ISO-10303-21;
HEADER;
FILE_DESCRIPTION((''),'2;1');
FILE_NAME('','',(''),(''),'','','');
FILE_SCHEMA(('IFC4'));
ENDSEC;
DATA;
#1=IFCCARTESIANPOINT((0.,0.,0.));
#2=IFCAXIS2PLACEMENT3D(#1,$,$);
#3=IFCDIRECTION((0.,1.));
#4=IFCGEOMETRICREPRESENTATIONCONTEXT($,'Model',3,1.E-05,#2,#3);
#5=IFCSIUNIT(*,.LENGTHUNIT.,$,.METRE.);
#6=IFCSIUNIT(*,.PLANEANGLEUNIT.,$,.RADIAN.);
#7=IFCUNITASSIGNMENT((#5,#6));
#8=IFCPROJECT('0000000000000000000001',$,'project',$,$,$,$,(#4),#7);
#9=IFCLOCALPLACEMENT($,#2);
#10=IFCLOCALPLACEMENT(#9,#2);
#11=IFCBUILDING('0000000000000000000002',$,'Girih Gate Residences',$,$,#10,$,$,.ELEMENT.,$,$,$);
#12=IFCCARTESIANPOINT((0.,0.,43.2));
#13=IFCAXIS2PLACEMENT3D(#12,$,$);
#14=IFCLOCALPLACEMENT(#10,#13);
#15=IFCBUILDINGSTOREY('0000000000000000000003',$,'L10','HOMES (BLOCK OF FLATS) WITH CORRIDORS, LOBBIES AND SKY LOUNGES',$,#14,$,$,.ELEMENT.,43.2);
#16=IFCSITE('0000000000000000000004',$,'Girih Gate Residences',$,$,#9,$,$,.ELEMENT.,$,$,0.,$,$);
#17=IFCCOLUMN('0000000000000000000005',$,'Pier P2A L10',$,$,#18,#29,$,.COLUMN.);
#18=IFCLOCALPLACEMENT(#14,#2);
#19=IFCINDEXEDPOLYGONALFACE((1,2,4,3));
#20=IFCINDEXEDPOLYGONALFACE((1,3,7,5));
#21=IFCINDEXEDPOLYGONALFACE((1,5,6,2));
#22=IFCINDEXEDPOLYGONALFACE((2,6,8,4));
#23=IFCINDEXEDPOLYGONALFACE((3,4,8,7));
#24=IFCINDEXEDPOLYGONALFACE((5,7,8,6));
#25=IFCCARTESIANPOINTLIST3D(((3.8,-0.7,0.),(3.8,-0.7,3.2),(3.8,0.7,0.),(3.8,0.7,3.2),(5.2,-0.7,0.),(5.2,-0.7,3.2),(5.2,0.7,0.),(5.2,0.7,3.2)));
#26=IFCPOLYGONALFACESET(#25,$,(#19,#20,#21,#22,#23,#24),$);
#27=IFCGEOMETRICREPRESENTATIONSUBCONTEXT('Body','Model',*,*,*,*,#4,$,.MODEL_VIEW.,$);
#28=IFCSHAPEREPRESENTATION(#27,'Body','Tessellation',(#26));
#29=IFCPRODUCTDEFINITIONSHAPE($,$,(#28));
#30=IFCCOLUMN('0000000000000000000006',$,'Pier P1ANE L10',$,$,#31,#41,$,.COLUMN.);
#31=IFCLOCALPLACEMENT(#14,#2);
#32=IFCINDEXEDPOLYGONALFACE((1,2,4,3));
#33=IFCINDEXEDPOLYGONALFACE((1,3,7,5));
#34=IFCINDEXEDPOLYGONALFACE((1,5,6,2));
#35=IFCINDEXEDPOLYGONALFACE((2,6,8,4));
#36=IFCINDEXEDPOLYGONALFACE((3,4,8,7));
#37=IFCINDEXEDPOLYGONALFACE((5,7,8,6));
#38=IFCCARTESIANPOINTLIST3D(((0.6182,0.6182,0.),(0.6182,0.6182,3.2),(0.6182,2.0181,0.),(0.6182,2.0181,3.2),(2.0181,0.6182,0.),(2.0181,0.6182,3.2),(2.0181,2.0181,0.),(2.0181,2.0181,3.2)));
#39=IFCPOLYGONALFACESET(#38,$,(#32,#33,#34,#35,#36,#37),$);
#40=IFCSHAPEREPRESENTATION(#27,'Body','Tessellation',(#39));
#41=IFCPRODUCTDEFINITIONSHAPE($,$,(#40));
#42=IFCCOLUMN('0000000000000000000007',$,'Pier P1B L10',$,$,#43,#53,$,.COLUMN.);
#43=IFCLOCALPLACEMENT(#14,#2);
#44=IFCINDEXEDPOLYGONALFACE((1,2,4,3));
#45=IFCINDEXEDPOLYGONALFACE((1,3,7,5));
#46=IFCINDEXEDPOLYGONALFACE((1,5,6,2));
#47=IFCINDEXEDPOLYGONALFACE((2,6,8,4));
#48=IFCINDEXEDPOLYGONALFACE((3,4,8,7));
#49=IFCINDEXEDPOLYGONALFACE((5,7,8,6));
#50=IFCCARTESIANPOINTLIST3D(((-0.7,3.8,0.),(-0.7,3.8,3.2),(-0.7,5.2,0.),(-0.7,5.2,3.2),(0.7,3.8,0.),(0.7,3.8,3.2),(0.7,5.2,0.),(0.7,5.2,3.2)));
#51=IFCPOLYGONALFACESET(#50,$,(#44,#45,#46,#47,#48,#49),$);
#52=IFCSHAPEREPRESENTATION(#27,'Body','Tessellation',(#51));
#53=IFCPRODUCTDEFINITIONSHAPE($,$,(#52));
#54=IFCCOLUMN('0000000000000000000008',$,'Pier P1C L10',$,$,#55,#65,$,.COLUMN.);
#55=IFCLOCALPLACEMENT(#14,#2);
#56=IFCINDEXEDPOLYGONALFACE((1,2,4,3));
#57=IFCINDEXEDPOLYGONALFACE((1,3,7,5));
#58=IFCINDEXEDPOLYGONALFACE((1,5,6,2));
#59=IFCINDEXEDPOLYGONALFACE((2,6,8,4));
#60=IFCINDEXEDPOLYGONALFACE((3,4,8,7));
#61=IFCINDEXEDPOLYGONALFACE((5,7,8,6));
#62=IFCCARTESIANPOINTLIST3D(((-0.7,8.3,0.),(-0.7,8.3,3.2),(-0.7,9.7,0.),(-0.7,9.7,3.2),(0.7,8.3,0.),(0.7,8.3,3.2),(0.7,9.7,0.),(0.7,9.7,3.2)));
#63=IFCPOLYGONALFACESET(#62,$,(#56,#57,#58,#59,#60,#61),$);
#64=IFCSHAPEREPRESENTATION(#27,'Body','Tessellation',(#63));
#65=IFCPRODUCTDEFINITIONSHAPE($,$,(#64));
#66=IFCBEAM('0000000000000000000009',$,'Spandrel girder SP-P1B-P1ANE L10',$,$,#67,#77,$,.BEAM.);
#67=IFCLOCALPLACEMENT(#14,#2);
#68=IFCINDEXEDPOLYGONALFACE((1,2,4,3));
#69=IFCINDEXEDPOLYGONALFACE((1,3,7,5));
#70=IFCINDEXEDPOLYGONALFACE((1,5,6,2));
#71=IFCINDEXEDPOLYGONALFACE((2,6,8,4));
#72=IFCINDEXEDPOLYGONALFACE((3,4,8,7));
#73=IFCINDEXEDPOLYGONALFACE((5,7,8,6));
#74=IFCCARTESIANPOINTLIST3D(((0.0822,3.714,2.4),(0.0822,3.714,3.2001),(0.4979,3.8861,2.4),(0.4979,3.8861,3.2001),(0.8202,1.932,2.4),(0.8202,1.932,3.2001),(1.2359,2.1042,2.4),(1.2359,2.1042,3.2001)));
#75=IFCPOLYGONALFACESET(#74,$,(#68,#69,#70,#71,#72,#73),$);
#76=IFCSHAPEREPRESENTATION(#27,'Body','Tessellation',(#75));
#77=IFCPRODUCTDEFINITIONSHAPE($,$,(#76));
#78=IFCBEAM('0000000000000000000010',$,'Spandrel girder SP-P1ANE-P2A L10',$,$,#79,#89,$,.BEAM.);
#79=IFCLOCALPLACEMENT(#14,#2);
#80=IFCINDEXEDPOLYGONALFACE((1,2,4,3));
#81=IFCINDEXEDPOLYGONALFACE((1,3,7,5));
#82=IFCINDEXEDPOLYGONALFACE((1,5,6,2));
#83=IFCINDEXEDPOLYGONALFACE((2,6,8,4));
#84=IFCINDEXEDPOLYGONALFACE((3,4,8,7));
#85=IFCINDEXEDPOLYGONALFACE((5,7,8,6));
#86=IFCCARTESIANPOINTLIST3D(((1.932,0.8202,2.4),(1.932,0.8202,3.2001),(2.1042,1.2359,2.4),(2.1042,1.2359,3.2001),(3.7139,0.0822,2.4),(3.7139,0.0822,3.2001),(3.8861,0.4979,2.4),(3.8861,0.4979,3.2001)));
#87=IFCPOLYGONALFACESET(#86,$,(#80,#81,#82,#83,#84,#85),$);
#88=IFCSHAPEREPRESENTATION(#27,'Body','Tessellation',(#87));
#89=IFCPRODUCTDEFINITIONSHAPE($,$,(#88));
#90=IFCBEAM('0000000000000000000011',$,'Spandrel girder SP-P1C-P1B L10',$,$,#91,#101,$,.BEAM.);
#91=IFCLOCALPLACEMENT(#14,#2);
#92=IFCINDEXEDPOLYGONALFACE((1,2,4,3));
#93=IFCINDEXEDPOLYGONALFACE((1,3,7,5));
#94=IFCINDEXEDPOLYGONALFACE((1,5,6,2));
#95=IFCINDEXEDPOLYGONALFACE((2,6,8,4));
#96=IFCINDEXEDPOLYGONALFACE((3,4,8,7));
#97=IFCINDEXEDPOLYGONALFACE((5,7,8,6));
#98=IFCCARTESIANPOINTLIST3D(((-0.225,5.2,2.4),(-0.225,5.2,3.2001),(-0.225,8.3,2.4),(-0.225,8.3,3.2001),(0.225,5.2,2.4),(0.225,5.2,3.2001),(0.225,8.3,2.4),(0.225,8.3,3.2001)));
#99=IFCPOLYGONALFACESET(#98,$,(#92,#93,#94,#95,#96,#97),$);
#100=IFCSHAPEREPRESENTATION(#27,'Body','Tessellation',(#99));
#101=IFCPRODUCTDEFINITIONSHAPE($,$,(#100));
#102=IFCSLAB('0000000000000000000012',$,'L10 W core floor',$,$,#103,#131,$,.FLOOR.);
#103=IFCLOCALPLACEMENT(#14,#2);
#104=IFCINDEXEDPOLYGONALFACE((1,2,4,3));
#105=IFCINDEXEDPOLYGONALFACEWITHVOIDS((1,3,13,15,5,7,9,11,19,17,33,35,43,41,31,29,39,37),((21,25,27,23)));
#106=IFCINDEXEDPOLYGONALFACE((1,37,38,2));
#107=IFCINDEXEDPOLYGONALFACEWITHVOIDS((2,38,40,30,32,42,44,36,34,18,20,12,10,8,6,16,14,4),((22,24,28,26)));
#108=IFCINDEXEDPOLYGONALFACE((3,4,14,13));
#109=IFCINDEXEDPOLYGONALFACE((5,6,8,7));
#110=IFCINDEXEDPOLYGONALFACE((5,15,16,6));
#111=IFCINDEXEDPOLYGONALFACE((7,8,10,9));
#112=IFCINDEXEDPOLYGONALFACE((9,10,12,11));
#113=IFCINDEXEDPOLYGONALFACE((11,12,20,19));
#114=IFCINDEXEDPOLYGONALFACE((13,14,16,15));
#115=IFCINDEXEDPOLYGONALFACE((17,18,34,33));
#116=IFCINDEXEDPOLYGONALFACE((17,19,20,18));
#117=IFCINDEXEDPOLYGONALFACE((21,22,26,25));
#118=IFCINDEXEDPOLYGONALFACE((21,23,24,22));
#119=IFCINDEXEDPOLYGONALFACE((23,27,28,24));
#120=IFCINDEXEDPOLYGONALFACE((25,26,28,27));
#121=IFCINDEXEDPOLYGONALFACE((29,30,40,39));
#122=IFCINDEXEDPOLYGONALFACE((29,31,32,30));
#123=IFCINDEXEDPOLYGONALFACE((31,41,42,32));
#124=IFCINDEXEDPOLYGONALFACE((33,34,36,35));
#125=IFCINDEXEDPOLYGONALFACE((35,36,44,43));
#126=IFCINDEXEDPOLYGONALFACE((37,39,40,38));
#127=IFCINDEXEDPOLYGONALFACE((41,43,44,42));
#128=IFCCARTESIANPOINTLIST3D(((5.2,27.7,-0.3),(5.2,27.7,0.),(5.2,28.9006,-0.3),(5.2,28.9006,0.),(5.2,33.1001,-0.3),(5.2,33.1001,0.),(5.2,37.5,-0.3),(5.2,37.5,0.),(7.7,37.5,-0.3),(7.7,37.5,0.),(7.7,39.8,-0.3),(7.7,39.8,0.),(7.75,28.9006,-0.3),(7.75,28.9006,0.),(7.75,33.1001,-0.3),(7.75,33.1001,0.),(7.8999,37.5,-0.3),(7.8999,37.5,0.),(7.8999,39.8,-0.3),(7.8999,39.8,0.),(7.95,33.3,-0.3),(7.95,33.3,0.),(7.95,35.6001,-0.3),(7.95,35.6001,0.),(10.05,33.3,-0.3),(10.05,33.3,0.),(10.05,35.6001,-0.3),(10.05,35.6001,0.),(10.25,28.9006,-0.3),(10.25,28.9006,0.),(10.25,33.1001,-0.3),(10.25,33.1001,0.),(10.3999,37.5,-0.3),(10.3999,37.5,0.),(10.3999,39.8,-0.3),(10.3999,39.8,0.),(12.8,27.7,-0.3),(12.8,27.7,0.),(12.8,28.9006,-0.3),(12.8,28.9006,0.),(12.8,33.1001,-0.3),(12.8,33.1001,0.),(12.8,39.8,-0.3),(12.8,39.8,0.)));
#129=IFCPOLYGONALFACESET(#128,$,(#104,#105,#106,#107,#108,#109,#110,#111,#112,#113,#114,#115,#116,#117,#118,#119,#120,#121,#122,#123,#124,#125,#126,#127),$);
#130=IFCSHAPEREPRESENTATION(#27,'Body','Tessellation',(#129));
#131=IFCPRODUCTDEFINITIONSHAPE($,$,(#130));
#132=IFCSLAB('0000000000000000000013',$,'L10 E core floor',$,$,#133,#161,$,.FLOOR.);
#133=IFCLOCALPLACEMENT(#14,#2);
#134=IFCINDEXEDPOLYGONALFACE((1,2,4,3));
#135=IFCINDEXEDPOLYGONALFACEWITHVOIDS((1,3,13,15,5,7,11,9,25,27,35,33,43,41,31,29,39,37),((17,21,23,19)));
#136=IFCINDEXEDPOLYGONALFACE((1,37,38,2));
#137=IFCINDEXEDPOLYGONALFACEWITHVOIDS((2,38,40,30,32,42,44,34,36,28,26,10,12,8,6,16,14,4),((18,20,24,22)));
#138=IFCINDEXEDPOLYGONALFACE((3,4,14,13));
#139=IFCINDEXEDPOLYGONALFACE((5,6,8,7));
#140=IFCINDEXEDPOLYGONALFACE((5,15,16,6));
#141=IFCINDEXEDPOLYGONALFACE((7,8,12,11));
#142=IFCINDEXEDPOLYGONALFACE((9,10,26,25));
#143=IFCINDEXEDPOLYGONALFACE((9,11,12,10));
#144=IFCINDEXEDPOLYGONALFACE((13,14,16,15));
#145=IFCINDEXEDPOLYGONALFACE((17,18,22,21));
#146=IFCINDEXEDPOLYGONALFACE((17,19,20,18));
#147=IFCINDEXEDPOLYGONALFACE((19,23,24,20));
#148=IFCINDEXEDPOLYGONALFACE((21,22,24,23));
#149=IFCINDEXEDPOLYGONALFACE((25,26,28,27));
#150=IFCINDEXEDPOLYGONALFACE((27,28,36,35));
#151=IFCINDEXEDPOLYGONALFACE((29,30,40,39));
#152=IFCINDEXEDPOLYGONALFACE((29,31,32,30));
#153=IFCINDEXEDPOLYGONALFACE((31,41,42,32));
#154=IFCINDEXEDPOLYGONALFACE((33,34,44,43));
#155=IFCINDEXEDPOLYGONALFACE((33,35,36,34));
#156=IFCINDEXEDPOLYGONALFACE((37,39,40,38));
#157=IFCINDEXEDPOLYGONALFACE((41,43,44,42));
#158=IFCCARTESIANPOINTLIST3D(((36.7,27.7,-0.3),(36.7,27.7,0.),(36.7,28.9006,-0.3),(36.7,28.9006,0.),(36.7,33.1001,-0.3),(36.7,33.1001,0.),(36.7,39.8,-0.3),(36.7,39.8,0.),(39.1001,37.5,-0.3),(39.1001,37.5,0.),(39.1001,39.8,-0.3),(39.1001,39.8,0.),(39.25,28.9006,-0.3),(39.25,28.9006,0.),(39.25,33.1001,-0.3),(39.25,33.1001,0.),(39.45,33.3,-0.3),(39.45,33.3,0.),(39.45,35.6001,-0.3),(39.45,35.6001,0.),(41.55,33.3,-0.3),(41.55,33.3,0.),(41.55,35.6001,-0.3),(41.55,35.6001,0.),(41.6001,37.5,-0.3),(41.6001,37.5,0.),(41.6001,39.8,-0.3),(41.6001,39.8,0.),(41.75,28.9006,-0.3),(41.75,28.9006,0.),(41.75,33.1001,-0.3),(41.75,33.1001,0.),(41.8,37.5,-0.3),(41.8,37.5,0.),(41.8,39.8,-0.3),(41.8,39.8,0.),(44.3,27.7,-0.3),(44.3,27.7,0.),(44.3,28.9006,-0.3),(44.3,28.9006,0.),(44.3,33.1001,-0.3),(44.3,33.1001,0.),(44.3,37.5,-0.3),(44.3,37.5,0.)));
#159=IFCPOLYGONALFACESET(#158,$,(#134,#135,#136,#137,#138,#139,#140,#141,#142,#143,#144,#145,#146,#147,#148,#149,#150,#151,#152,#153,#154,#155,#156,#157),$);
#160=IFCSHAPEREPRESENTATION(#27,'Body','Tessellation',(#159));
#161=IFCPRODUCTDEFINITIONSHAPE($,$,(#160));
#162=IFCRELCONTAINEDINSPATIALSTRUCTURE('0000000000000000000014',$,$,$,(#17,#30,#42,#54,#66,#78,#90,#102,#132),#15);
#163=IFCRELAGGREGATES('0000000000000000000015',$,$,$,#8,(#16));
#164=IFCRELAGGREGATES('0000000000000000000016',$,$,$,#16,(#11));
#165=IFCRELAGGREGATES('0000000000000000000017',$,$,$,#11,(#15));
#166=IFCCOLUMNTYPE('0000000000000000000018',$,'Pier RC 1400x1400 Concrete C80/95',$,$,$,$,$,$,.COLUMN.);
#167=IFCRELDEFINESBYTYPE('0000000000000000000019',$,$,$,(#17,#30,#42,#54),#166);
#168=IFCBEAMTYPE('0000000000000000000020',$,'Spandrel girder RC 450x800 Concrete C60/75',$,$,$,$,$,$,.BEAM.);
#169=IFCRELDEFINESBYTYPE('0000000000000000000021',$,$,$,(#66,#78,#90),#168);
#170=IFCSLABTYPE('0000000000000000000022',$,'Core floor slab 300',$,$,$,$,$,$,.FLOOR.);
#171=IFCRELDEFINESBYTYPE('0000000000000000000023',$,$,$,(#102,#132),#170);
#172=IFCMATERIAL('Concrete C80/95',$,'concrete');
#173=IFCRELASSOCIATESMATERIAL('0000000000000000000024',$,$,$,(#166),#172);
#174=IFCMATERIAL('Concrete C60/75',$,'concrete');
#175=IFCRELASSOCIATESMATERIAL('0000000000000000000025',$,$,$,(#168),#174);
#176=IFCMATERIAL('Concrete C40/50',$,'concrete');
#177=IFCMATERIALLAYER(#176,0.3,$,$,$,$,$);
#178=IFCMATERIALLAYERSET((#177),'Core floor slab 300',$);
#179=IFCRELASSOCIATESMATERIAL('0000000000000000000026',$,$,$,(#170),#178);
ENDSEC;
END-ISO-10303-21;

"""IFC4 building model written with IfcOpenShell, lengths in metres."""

from ifc_helpers import new_model, si_unit, direction, frame, origin, origin_2d, place, context, subcontext, project, spatial, polyline, rectangle, outline, extrude, material, layer, layer_set, material_profile, profile_set, type_object, element, save


model = new_model("IFC4")

# Units and contexts
model_context = context("Model", 3, precision=1e-05, world=origin(), true_north=direction((0.0, 1.0)))
body_context = subcontext(model_context, "Body", "Model", "MODEL_VIEW")
ifc_project = project(units=[si_unit("LENGTHUNIT", "METRE"), si_unit("PLANEANGLEUNIT", "RADIAN")], contexts=[model_context])

# Site, building, storey
site_placement = place(None, origin())
site = spatial("IfcSite", under=ifc_project, at=site_placement, Name="Girih Gate Residences", CompositionType="ELEMENT", RefElevation=0.0)
building_placement = place(site_placement, origin())
building = spatial("IfcBuilding", under=site, at=building_placement, Name="Girih Gate Residences", CompositionType="ELEMENT")
storey_placement = place(building_placement, frame((0.0, 0.0, 43.2)))
storey = spatial("IfcBuildingStorey", under=building, at=storey_placement, Name="L10", Description="HOMES (BLOCK OF FLATS) WITH CORRIDORS, LOBBIES AND SKY LOUNGES", CompositionType="ELEMENT", Elevation=43.2)

# Columns
ifc_material_1 = material(Name="Concrete C80/95", Category="concrete")
ifc_material_profile_1 = material_profile(ifc_material_1, rectangle(XDim=1.3999, YDim=1.3999, at=origin_2d()))
ifc_profile_set_1 = profile_set([ifc_material_profile_1], Name="Concrete C80/95")
column_type = type_object("IfcColumnType", Name="Pier RC 1400x1400 Concrete C80/95", PredefinedType="COLUMN", material=ifc_profile_set_1)
for number, where, z_axis, x_axis, name in (
    (1, (4.5, 0.0, 0.0), (0.0, 0.0, 1.0), (1.0, 0.0, 0.0), "Pier P2A L10"),
    (2, (1.3181, 1.3181, 0.0), (0.0, 0.0, 1.0), (1.0, 0.0, 0.0), "Pier P1ANE L10"),
    (3, (0.0, 4.5, 0.0), (0.0, 0.0, 1.0), (1.0, 0.0, 0.0), "Pier P1B L10"),
    (4, (0.0, 9.0, 0.0), (0.0, 0.0, 1.0), (1.0, 0.0, 0.0), "Pier P1C L10"),
):
    element("IfcColumn", number, at=place(storey_placement, frame(where, z_axis=z_axis, x_axis=x_axis)), inside=storey, type_object=column_type, Name=name, PredefinedType="COLUMN", context=body_context, shape_type="SweptSolid", body=[
        extrude(rectangle(XDim=1.3999, YDim=1.3999, at=origin_2d()), origin(), (0.0, 0.0, 1.0), 3.2),
    ])

# Beams
ifc_material_2 = material(Name="Concrete C60/75", Category="concrete")
ifc_material_profile_2 = material_profile(ifc_material_2, rectangle(XDim=0.45, YDim=0.8, at=origin_2d()))
ifc_profile_set_2 = profile_set([ifc_material_profile_2], Name="Concrete C60/75")
beam_type = type_object("IfcBeamType", Name="Spandrel girder RC 450x800 Concrete C60/75", PredefinedType="BEAM", material=ifc_profile_set_2)
for number, where, z_axis, x_axis, name in (
    (5, (0.29, 3.8, 2.8), (0.382646, -0.923895, 0.0), (0.923895, 0.382646, 0.0), "Spandrel girder SP-P1B-P1ANE L10"),
    (6, (2.0181, 1.0281, 2.8), (0.923895, -0.382646, 0.0), (0.382646, 0.923895, 0.0), "Spandrel girder SP-P1ANE-P2A L10"),
):
    element("IfcBeam", number, at=place(storey_placement, frame(where, z_axis=z_axis, x_axis=x_axis)), inside=storey, type_object=beam_type, Name=name, PredefinedType="BEAM", context=body_context, shape_type="SweptSolid", body=[
        extrude(rectangle(XDim=0.45, YDim=0.8, at=origin_2d()), origin(), (0.0, 0.0, 1.0), 1.9287),
    ])
beam_placement = place(storey_placement, frame((0.0, 8.3, 2.8), z_axis=(0.0, -1.0, 0.0), x_axis=(1.0, 0.0, 0.0)))
element("IfcBeam", 7, at=beam_placement, inside=storey, type_object=beam_type, Name="Spandrel girder SP-P1C-P1B L10", PredefinedType="BEAM", context=body_context, shape_type="SweptSolid", body=[
    extrude(rectangle(XDim=0.45, YDim=0.8, at=origin_2d()), origin(), (0.0, 0.0, 1.0), 3.1001),
])

# Slabs
ifc_material_3 = material(Name="Concrete C40/50", Category="concrete")
ifc_layer_1 = layer(ifc_material_3, 0.3)
ifc_layer_set_1 = layer_set([ifc_layer_1], Name="Core floor slab 300")
slab_type_1 = type_object("IfcSlabType", Name="Core floor slab 300", PredefinedType="FLOOR", material=ifc_layer_set_1)
slab_1_placement = place(storey_placement, frame((0.0, 0.0, -0.3)))
element("IfcSlab", 8, at=slab_1_placement, inside=storey, type_object=slab_type_1, Name="L10 W core floor", PredefinedType="FLOOR", context=body_context, shape_type="SweptSolid", body=[
    extrude(outline(polyline([(12.8, 27.7), (5.2, 27.7), (5.2, 28.9006), (7.75, 28.9006), (7.75, 33.1001), (5.2, 33.1001), (5.2, 37.5), (7.7, 37.5), (7.7, 39.8), (7.8999, 39.8), (7.8999, 37.5), (10.3999, 37.5), (10.3999, 39.8), (12.8, 39.8), (12.8, 33.1001), (10.25, 33.1001), (10.25, 28.9006), (12.8, 28.9006), (12.8, 27.7)]), holes=[polyline([(7.95, 33.3), (10.05, 33.3), (10.05, 35.6001), (7.95, 35.6001), (7.95, 33.3)])]), origin(), (0.0, 0.0, 1.0), 0.3),
])
slab_2_placement = place(storey_placement, frame((0.0, 0.0, -0.3)))
element("IfcSlab", 9, at=slab_2_placement, inside=storey, type_object=slab_type_1, Name="L10 E core floor", PredefinedType="FLOOR", context=body_context, shape_type="SweptSolid", body=[
    extrude(outline(polyline([(44.3, 27.7), (36.7, 27.7), (36.7, 28.9006), (39.25, 28.9006), (39.25, 33.1001), (36.7, 33.1001), (36.7, 39.8), (39.1001, 39.8), (39.1001, 37.5), (41.6001, 37.5), (41.6001, 39.8), (41.8, 39.8), (41.8, 37.5), (44.3, 37.5), (44.3, 33.1001), (41.75, 33.1001), (41.75, 28.9006), (44.3, 28.9006), (44.3, 27.7)]), holes=[polyline([(39.45, 33.3), (41.55, 33.3), (41.55, 35.6001), (39.45, 35.6001), (39.45, 33.3)])]), origin(), (0.0, 0.0, 1.0), 0.3),
])

save(model, "model.ifc")
